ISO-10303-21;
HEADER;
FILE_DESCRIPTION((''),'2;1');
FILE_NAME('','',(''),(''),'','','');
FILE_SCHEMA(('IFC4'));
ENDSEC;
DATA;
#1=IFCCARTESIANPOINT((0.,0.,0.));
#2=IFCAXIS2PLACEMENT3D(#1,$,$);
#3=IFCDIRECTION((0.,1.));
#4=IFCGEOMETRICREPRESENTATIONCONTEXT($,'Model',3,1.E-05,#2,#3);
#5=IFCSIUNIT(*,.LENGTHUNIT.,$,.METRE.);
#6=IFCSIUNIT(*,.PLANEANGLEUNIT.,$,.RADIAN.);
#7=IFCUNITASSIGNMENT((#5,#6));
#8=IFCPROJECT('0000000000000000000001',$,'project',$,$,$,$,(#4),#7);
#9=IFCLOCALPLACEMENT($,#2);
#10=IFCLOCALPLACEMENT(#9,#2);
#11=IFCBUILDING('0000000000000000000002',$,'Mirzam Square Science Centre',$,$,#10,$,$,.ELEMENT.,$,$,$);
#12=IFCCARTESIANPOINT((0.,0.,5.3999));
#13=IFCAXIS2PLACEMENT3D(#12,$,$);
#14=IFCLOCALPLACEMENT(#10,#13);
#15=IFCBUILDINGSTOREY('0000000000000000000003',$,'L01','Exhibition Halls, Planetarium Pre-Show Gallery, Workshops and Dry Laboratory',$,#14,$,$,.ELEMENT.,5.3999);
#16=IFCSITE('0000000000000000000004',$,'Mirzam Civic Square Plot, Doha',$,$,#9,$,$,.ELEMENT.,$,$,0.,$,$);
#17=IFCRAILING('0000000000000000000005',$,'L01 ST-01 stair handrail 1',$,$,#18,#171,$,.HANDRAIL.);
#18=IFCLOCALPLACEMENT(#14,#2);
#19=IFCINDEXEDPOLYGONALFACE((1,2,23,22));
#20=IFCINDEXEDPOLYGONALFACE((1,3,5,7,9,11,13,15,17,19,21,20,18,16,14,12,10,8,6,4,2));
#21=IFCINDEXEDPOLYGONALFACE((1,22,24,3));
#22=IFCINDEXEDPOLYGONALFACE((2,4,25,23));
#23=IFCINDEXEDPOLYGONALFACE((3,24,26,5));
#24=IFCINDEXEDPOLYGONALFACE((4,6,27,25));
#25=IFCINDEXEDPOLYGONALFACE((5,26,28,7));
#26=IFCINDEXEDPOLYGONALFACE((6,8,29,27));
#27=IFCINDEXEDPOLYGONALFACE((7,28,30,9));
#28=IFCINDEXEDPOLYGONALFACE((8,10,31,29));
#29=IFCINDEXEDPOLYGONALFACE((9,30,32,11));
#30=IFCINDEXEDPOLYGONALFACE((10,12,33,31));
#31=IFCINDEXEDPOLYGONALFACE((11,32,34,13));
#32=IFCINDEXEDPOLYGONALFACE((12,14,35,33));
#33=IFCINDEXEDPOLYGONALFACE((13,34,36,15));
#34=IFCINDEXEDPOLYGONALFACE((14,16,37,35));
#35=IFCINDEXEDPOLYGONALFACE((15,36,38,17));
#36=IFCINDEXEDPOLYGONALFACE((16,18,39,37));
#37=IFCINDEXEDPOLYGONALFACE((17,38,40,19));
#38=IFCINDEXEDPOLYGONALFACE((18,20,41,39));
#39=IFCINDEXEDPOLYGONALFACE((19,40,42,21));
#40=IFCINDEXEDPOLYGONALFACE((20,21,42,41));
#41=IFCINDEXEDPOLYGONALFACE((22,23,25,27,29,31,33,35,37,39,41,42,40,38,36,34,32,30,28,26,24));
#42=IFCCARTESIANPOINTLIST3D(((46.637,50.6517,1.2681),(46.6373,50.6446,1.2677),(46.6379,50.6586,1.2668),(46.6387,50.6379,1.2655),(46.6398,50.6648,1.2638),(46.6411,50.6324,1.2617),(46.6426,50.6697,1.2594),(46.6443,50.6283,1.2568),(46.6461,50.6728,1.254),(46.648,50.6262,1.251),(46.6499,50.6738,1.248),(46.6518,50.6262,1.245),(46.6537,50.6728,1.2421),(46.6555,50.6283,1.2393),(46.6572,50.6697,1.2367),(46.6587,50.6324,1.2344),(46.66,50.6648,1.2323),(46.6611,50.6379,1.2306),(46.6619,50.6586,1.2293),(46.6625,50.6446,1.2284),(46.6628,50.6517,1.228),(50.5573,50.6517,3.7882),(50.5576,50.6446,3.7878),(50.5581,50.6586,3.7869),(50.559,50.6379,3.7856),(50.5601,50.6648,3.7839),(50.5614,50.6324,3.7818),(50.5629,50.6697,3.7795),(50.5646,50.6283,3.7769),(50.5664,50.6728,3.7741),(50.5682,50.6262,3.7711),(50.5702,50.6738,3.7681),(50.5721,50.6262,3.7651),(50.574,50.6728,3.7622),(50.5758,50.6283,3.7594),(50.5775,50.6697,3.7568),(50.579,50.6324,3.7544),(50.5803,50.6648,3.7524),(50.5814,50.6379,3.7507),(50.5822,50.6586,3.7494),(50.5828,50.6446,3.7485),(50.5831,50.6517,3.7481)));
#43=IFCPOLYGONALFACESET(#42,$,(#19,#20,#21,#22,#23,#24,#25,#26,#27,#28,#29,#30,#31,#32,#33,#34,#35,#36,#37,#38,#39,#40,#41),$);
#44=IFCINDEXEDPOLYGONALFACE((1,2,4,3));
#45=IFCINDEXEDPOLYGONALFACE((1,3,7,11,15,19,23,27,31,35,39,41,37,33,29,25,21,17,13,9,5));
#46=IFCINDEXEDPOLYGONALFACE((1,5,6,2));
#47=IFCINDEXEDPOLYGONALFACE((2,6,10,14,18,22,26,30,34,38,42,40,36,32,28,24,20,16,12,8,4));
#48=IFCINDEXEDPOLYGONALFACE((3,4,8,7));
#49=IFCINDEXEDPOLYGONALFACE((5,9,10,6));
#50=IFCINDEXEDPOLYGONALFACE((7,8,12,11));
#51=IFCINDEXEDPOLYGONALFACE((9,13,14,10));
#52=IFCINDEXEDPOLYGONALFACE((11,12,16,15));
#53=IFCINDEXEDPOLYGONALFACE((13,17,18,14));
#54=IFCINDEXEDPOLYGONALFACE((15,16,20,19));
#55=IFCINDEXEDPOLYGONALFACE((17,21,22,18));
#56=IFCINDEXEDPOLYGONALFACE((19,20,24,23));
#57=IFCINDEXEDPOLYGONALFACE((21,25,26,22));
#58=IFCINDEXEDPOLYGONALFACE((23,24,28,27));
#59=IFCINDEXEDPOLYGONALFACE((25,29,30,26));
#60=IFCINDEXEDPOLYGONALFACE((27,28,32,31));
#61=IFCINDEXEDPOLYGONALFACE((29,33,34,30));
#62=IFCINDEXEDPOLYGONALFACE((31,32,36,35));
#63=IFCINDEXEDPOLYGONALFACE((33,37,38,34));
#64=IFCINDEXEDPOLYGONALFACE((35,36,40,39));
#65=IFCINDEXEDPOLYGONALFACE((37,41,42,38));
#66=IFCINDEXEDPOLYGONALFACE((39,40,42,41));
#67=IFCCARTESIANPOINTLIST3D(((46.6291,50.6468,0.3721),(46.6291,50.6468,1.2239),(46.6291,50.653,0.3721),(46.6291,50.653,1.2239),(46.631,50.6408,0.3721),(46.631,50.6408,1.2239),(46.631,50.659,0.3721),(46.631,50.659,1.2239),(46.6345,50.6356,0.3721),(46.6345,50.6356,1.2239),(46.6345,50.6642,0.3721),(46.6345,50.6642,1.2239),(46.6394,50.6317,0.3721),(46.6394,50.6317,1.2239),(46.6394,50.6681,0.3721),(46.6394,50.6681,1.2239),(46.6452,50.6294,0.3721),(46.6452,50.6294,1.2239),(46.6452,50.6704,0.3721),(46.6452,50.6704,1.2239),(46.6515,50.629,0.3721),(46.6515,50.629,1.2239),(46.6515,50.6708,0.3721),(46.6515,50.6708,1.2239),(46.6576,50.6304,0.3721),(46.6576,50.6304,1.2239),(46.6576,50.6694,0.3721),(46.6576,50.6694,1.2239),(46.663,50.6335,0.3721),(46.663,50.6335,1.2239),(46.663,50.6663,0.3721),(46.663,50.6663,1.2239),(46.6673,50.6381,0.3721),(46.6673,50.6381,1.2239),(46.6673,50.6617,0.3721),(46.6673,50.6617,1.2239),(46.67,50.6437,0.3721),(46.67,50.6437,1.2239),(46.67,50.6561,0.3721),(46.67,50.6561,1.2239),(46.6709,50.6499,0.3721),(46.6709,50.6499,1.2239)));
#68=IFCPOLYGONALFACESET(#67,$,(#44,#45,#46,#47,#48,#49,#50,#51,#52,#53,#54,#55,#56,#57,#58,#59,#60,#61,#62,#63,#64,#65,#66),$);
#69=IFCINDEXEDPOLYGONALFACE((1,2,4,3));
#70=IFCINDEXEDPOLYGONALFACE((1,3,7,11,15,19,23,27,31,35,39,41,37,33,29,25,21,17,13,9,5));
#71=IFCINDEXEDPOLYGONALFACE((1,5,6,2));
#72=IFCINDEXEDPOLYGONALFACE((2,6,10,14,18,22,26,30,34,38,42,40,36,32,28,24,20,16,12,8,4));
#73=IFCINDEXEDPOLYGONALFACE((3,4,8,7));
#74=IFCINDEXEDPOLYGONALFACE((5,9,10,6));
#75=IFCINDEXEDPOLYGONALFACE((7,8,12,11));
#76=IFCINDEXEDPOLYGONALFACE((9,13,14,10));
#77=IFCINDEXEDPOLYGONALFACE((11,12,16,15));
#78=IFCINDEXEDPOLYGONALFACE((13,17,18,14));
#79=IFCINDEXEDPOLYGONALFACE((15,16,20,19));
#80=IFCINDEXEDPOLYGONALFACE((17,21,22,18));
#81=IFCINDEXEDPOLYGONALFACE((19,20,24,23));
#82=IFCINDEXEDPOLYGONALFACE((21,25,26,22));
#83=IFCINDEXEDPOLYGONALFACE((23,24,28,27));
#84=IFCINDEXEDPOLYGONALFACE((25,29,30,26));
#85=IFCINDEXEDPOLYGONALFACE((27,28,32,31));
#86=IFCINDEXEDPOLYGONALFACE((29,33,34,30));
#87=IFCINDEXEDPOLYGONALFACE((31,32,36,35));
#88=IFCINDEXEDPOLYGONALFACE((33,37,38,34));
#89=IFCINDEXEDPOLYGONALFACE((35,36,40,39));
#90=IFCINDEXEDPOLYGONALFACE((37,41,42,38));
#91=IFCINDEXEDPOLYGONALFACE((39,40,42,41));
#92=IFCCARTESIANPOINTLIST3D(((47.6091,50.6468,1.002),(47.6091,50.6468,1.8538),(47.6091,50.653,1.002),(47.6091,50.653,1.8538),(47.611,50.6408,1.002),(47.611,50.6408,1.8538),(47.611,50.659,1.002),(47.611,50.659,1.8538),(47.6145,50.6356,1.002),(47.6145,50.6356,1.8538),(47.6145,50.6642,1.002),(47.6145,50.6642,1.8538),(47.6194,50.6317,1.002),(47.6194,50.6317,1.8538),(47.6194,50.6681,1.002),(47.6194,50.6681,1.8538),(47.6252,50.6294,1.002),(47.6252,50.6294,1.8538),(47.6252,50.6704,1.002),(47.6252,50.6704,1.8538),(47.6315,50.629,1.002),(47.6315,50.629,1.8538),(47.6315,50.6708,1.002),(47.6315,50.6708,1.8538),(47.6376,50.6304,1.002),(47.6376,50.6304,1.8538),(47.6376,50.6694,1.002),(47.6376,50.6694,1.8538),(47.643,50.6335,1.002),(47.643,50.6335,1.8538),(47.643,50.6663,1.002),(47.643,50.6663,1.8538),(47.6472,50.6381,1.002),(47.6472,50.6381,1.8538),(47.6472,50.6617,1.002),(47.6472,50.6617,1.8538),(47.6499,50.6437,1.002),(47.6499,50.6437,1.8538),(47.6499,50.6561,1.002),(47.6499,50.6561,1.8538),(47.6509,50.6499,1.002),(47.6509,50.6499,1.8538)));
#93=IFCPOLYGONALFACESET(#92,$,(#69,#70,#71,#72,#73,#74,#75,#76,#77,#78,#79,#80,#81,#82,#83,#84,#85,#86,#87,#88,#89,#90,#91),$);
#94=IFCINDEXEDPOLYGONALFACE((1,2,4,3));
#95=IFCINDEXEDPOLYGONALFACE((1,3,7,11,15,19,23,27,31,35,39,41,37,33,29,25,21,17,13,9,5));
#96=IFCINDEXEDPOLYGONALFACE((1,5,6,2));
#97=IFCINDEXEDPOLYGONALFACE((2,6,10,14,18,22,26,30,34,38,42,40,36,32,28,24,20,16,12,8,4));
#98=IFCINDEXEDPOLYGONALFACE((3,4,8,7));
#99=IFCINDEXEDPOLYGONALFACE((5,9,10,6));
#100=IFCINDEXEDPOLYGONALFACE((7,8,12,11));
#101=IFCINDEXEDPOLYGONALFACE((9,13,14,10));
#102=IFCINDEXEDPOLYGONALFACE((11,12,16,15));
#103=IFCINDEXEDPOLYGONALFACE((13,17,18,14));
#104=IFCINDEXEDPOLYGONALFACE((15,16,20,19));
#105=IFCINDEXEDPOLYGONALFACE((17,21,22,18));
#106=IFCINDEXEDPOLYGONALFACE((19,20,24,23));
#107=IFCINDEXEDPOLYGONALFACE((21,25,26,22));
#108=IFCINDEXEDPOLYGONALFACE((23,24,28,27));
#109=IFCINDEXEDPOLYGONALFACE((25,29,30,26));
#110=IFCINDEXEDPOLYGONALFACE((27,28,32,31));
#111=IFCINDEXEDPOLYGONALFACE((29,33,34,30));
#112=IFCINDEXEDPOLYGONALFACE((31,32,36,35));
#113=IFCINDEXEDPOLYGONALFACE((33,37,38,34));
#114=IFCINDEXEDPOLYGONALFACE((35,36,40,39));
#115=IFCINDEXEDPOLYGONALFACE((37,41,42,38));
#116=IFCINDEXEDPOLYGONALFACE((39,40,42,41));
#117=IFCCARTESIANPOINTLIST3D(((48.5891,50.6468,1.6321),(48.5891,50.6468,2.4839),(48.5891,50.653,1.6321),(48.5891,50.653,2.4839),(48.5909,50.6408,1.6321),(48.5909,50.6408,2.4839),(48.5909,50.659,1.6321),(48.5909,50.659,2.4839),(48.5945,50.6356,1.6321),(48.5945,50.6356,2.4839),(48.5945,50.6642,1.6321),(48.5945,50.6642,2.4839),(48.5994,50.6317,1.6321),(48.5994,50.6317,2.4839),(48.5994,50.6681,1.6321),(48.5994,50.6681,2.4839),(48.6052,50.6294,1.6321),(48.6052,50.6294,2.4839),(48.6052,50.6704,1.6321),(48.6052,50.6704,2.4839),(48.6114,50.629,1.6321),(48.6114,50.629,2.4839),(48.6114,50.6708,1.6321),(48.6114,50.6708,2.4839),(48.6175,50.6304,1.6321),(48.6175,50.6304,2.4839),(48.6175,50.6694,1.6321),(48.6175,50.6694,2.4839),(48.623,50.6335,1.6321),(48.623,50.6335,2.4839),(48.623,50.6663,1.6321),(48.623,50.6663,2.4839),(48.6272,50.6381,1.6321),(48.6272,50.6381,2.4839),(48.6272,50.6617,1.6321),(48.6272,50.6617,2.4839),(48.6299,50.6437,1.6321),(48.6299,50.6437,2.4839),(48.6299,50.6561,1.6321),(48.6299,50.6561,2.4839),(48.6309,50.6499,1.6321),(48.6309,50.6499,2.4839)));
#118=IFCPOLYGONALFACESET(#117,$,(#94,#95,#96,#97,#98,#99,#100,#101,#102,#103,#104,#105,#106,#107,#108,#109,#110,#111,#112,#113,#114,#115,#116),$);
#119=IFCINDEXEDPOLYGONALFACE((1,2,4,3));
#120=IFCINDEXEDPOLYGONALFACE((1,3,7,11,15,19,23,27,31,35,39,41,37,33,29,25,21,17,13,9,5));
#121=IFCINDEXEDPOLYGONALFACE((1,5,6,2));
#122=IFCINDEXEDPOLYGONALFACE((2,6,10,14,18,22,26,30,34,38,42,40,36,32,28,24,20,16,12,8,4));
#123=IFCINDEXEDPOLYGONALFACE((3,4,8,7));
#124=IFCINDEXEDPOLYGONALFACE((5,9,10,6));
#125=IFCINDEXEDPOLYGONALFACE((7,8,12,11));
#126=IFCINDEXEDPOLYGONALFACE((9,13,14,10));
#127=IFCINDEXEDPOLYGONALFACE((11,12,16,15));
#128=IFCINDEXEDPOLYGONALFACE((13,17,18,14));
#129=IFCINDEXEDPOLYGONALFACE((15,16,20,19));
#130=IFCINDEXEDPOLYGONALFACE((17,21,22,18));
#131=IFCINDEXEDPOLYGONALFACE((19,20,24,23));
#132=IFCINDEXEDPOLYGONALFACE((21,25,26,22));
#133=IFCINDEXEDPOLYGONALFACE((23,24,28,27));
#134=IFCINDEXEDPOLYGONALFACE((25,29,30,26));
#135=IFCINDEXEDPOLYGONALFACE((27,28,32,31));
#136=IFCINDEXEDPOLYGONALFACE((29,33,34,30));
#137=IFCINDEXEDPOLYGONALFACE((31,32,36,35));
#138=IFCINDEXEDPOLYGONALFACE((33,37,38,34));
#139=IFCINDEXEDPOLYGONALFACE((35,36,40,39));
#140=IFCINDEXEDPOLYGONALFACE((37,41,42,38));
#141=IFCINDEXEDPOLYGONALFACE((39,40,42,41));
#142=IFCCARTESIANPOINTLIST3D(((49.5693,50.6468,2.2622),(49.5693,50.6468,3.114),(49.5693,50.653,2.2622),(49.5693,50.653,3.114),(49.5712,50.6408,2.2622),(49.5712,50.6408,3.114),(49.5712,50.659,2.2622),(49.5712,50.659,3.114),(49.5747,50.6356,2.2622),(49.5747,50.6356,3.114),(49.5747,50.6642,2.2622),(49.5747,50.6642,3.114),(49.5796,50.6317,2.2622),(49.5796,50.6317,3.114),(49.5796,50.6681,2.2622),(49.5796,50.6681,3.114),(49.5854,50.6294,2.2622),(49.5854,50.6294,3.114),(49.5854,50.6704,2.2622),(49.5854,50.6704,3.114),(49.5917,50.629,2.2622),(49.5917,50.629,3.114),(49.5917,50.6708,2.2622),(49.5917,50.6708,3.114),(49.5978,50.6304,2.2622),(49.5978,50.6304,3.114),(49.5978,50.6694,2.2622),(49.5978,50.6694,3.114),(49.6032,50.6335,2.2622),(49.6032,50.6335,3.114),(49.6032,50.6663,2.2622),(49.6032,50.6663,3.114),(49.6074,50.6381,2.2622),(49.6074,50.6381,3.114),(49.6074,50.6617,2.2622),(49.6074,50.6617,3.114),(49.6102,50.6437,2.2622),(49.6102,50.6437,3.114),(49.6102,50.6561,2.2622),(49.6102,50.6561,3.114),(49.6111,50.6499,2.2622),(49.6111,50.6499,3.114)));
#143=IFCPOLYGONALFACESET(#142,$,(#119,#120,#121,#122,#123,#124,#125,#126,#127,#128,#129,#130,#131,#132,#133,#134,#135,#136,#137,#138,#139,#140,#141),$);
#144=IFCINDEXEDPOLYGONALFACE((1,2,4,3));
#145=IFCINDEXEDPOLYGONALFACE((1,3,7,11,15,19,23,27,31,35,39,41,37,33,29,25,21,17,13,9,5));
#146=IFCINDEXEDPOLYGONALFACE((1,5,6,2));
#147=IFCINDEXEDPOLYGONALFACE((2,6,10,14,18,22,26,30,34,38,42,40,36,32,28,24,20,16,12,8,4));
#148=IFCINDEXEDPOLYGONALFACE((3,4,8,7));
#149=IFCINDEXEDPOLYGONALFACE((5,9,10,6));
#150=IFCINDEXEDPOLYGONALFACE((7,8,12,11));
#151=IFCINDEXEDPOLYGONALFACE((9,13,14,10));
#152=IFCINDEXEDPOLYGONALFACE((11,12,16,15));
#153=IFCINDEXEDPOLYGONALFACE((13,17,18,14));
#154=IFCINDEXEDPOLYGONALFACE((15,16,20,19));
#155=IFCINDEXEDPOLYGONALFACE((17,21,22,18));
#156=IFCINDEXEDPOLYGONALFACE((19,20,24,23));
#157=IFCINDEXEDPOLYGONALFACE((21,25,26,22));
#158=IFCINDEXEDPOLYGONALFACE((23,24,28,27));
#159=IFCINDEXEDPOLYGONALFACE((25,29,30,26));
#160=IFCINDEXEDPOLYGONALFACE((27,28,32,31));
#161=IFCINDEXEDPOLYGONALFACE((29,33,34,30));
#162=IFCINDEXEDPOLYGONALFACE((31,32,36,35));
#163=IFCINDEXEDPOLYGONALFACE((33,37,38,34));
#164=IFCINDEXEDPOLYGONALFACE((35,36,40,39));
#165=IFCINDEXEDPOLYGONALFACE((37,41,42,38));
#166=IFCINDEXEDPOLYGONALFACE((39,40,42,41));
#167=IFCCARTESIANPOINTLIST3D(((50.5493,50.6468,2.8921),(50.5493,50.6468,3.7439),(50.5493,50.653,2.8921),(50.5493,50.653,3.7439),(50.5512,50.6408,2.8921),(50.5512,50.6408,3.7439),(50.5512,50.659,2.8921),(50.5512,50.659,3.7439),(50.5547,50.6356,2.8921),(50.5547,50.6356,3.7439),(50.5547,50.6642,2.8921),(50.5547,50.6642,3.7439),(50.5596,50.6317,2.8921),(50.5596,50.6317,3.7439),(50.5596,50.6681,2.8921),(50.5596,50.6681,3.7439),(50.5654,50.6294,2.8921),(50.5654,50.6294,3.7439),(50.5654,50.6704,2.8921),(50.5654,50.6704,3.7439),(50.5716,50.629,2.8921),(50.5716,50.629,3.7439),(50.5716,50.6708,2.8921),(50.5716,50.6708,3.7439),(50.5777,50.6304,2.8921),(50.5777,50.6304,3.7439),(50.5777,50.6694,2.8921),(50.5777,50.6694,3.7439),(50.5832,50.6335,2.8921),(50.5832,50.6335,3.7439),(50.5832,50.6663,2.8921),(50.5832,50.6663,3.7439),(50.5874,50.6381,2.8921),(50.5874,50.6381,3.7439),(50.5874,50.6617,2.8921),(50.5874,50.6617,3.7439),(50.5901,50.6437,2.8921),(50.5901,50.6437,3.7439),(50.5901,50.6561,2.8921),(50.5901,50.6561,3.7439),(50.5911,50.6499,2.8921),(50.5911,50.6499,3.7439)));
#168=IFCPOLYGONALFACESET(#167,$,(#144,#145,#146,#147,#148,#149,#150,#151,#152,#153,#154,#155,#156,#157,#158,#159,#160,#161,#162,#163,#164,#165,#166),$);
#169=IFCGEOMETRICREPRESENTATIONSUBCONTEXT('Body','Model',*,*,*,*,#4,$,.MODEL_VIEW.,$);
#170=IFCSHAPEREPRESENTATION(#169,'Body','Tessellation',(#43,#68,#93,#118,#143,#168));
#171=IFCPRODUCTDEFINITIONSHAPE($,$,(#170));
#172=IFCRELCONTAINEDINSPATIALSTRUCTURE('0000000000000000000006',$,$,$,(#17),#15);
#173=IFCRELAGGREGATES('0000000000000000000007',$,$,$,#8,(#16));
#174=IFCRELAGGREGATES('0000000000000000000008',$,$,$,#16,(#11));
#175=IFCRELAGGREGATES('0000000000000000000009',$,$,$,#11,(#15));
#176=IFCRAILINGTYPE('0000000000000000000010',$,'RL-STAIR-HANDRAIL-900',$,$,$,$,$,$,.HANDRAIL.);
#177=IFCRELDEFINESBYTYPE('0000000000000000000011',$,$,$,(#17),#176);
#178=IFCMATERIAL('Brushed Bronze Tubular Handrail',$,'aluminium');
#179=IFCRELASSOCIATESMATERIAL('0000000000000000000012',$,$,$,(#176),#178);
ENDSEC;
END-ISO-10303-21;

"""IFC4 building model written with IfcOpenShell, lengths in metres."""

from ifc_helpers import new_model, si_unit, direction, frame, origin, origin_2d, place, context, subcontext, project, spatial, circle, extrude, material, type_object, element, save


model = new_model("IFC4")

# Units and contexts
model_context = context("Model", 3, precision=1e-05, world=origin(), true_north=direction((0.0, 1.0)))
body_context = subcontext(model_context, "Body", "Model", "MODEL_VIEW")
ifc_project = project(units=[si_unit("LENGTHUNIT", "METRE"), si_unit("PLANEANGLEUNIT", "RADIAN")], contexts=[model_context])

# Site, building, storey
site_placement = place(None, origin())
site = spatial("IfcSite", under=ifc_project, at=site_placement, Name="Mirzam Civic Square Plot, Doha", CompositionType="ELEMENT", RefElevation=0.0)
building_placement = place(site_placement, origin())
building = spatial("IfcBuilding", under=site, at=building_placement, Name="Mirzam Square Science Centre", CompositionType="ELEMENT")
storey_placement = place(building_placement, frame((0.0, 0.0, 5.3999)))
storey = spatial("IfcBuildingStorey", under=building, at=storey_placement, Name="L01", Description="Exhibition Halls, Planetarium Pre-Show Gallery, Workshops and Dry Laboratory", CompositionType="ELEMENT", Elevation=5.3999)

# Railing
ifc_material_1 = material(Name="Brushed Bronze Tubular Handrail", Category="aluminium")
railing_type_1 = type_object("IfcRailingType", Name="RL-STAIR-HANDRAIL-900", PredefinedType="HANDRAIL", material=ifc_material_1)
railing_1_placement = place(storey_placement, frame((46.6499, 50.6499, 0.3721)))
element("IfcRailing", 1, at=railing_1_placement, inside=storey, type_object=railing_type_1, Name="L01 ST-01 stair handrail 1", PredefinedType="HANDRAIL", context=body_context, shape_type="SweptSolid", body=[
    extrude(circle(Radius=0.0239, at=origin_2d()), frame((0.0, 0.0, 0.876), z_axis=(0.841187, 0.0, 0.540744), x_axis=(0.0, 1.0, 0.0)), (0.0, 0.0, 1.0), 4.6604),
    extrude(circle(Radius=0.021, at=origin_2d()), origin(), (0.0, 0.0, 1.0), 0.8518),
    extrude(circle(Radius=0.021, at=origin_2d()), frame((0.98, 0.0, 0.6299)), (0.0, 0.0, 1.0), 0.8518),
    extrude(circle(Radius=0.021, at=origin_2d()), frame((1.96, 0.0, 1.26)), (0.0, 0.0, 1.0), 0.8518),
    extrude(circle(Radius=0.021, at=origin_2d()), frame((2.9402, 0.0, 1.8901)), (0.0, 0.0, 1.0), 0.8518),
    extrude(circle(Radius=0.021, at=origin_2d()), frame((3.9202, 0.0, 2.52)), (0.0, 0.0, 1.0), 0.8518),
])

save(model, "model.ifc")
